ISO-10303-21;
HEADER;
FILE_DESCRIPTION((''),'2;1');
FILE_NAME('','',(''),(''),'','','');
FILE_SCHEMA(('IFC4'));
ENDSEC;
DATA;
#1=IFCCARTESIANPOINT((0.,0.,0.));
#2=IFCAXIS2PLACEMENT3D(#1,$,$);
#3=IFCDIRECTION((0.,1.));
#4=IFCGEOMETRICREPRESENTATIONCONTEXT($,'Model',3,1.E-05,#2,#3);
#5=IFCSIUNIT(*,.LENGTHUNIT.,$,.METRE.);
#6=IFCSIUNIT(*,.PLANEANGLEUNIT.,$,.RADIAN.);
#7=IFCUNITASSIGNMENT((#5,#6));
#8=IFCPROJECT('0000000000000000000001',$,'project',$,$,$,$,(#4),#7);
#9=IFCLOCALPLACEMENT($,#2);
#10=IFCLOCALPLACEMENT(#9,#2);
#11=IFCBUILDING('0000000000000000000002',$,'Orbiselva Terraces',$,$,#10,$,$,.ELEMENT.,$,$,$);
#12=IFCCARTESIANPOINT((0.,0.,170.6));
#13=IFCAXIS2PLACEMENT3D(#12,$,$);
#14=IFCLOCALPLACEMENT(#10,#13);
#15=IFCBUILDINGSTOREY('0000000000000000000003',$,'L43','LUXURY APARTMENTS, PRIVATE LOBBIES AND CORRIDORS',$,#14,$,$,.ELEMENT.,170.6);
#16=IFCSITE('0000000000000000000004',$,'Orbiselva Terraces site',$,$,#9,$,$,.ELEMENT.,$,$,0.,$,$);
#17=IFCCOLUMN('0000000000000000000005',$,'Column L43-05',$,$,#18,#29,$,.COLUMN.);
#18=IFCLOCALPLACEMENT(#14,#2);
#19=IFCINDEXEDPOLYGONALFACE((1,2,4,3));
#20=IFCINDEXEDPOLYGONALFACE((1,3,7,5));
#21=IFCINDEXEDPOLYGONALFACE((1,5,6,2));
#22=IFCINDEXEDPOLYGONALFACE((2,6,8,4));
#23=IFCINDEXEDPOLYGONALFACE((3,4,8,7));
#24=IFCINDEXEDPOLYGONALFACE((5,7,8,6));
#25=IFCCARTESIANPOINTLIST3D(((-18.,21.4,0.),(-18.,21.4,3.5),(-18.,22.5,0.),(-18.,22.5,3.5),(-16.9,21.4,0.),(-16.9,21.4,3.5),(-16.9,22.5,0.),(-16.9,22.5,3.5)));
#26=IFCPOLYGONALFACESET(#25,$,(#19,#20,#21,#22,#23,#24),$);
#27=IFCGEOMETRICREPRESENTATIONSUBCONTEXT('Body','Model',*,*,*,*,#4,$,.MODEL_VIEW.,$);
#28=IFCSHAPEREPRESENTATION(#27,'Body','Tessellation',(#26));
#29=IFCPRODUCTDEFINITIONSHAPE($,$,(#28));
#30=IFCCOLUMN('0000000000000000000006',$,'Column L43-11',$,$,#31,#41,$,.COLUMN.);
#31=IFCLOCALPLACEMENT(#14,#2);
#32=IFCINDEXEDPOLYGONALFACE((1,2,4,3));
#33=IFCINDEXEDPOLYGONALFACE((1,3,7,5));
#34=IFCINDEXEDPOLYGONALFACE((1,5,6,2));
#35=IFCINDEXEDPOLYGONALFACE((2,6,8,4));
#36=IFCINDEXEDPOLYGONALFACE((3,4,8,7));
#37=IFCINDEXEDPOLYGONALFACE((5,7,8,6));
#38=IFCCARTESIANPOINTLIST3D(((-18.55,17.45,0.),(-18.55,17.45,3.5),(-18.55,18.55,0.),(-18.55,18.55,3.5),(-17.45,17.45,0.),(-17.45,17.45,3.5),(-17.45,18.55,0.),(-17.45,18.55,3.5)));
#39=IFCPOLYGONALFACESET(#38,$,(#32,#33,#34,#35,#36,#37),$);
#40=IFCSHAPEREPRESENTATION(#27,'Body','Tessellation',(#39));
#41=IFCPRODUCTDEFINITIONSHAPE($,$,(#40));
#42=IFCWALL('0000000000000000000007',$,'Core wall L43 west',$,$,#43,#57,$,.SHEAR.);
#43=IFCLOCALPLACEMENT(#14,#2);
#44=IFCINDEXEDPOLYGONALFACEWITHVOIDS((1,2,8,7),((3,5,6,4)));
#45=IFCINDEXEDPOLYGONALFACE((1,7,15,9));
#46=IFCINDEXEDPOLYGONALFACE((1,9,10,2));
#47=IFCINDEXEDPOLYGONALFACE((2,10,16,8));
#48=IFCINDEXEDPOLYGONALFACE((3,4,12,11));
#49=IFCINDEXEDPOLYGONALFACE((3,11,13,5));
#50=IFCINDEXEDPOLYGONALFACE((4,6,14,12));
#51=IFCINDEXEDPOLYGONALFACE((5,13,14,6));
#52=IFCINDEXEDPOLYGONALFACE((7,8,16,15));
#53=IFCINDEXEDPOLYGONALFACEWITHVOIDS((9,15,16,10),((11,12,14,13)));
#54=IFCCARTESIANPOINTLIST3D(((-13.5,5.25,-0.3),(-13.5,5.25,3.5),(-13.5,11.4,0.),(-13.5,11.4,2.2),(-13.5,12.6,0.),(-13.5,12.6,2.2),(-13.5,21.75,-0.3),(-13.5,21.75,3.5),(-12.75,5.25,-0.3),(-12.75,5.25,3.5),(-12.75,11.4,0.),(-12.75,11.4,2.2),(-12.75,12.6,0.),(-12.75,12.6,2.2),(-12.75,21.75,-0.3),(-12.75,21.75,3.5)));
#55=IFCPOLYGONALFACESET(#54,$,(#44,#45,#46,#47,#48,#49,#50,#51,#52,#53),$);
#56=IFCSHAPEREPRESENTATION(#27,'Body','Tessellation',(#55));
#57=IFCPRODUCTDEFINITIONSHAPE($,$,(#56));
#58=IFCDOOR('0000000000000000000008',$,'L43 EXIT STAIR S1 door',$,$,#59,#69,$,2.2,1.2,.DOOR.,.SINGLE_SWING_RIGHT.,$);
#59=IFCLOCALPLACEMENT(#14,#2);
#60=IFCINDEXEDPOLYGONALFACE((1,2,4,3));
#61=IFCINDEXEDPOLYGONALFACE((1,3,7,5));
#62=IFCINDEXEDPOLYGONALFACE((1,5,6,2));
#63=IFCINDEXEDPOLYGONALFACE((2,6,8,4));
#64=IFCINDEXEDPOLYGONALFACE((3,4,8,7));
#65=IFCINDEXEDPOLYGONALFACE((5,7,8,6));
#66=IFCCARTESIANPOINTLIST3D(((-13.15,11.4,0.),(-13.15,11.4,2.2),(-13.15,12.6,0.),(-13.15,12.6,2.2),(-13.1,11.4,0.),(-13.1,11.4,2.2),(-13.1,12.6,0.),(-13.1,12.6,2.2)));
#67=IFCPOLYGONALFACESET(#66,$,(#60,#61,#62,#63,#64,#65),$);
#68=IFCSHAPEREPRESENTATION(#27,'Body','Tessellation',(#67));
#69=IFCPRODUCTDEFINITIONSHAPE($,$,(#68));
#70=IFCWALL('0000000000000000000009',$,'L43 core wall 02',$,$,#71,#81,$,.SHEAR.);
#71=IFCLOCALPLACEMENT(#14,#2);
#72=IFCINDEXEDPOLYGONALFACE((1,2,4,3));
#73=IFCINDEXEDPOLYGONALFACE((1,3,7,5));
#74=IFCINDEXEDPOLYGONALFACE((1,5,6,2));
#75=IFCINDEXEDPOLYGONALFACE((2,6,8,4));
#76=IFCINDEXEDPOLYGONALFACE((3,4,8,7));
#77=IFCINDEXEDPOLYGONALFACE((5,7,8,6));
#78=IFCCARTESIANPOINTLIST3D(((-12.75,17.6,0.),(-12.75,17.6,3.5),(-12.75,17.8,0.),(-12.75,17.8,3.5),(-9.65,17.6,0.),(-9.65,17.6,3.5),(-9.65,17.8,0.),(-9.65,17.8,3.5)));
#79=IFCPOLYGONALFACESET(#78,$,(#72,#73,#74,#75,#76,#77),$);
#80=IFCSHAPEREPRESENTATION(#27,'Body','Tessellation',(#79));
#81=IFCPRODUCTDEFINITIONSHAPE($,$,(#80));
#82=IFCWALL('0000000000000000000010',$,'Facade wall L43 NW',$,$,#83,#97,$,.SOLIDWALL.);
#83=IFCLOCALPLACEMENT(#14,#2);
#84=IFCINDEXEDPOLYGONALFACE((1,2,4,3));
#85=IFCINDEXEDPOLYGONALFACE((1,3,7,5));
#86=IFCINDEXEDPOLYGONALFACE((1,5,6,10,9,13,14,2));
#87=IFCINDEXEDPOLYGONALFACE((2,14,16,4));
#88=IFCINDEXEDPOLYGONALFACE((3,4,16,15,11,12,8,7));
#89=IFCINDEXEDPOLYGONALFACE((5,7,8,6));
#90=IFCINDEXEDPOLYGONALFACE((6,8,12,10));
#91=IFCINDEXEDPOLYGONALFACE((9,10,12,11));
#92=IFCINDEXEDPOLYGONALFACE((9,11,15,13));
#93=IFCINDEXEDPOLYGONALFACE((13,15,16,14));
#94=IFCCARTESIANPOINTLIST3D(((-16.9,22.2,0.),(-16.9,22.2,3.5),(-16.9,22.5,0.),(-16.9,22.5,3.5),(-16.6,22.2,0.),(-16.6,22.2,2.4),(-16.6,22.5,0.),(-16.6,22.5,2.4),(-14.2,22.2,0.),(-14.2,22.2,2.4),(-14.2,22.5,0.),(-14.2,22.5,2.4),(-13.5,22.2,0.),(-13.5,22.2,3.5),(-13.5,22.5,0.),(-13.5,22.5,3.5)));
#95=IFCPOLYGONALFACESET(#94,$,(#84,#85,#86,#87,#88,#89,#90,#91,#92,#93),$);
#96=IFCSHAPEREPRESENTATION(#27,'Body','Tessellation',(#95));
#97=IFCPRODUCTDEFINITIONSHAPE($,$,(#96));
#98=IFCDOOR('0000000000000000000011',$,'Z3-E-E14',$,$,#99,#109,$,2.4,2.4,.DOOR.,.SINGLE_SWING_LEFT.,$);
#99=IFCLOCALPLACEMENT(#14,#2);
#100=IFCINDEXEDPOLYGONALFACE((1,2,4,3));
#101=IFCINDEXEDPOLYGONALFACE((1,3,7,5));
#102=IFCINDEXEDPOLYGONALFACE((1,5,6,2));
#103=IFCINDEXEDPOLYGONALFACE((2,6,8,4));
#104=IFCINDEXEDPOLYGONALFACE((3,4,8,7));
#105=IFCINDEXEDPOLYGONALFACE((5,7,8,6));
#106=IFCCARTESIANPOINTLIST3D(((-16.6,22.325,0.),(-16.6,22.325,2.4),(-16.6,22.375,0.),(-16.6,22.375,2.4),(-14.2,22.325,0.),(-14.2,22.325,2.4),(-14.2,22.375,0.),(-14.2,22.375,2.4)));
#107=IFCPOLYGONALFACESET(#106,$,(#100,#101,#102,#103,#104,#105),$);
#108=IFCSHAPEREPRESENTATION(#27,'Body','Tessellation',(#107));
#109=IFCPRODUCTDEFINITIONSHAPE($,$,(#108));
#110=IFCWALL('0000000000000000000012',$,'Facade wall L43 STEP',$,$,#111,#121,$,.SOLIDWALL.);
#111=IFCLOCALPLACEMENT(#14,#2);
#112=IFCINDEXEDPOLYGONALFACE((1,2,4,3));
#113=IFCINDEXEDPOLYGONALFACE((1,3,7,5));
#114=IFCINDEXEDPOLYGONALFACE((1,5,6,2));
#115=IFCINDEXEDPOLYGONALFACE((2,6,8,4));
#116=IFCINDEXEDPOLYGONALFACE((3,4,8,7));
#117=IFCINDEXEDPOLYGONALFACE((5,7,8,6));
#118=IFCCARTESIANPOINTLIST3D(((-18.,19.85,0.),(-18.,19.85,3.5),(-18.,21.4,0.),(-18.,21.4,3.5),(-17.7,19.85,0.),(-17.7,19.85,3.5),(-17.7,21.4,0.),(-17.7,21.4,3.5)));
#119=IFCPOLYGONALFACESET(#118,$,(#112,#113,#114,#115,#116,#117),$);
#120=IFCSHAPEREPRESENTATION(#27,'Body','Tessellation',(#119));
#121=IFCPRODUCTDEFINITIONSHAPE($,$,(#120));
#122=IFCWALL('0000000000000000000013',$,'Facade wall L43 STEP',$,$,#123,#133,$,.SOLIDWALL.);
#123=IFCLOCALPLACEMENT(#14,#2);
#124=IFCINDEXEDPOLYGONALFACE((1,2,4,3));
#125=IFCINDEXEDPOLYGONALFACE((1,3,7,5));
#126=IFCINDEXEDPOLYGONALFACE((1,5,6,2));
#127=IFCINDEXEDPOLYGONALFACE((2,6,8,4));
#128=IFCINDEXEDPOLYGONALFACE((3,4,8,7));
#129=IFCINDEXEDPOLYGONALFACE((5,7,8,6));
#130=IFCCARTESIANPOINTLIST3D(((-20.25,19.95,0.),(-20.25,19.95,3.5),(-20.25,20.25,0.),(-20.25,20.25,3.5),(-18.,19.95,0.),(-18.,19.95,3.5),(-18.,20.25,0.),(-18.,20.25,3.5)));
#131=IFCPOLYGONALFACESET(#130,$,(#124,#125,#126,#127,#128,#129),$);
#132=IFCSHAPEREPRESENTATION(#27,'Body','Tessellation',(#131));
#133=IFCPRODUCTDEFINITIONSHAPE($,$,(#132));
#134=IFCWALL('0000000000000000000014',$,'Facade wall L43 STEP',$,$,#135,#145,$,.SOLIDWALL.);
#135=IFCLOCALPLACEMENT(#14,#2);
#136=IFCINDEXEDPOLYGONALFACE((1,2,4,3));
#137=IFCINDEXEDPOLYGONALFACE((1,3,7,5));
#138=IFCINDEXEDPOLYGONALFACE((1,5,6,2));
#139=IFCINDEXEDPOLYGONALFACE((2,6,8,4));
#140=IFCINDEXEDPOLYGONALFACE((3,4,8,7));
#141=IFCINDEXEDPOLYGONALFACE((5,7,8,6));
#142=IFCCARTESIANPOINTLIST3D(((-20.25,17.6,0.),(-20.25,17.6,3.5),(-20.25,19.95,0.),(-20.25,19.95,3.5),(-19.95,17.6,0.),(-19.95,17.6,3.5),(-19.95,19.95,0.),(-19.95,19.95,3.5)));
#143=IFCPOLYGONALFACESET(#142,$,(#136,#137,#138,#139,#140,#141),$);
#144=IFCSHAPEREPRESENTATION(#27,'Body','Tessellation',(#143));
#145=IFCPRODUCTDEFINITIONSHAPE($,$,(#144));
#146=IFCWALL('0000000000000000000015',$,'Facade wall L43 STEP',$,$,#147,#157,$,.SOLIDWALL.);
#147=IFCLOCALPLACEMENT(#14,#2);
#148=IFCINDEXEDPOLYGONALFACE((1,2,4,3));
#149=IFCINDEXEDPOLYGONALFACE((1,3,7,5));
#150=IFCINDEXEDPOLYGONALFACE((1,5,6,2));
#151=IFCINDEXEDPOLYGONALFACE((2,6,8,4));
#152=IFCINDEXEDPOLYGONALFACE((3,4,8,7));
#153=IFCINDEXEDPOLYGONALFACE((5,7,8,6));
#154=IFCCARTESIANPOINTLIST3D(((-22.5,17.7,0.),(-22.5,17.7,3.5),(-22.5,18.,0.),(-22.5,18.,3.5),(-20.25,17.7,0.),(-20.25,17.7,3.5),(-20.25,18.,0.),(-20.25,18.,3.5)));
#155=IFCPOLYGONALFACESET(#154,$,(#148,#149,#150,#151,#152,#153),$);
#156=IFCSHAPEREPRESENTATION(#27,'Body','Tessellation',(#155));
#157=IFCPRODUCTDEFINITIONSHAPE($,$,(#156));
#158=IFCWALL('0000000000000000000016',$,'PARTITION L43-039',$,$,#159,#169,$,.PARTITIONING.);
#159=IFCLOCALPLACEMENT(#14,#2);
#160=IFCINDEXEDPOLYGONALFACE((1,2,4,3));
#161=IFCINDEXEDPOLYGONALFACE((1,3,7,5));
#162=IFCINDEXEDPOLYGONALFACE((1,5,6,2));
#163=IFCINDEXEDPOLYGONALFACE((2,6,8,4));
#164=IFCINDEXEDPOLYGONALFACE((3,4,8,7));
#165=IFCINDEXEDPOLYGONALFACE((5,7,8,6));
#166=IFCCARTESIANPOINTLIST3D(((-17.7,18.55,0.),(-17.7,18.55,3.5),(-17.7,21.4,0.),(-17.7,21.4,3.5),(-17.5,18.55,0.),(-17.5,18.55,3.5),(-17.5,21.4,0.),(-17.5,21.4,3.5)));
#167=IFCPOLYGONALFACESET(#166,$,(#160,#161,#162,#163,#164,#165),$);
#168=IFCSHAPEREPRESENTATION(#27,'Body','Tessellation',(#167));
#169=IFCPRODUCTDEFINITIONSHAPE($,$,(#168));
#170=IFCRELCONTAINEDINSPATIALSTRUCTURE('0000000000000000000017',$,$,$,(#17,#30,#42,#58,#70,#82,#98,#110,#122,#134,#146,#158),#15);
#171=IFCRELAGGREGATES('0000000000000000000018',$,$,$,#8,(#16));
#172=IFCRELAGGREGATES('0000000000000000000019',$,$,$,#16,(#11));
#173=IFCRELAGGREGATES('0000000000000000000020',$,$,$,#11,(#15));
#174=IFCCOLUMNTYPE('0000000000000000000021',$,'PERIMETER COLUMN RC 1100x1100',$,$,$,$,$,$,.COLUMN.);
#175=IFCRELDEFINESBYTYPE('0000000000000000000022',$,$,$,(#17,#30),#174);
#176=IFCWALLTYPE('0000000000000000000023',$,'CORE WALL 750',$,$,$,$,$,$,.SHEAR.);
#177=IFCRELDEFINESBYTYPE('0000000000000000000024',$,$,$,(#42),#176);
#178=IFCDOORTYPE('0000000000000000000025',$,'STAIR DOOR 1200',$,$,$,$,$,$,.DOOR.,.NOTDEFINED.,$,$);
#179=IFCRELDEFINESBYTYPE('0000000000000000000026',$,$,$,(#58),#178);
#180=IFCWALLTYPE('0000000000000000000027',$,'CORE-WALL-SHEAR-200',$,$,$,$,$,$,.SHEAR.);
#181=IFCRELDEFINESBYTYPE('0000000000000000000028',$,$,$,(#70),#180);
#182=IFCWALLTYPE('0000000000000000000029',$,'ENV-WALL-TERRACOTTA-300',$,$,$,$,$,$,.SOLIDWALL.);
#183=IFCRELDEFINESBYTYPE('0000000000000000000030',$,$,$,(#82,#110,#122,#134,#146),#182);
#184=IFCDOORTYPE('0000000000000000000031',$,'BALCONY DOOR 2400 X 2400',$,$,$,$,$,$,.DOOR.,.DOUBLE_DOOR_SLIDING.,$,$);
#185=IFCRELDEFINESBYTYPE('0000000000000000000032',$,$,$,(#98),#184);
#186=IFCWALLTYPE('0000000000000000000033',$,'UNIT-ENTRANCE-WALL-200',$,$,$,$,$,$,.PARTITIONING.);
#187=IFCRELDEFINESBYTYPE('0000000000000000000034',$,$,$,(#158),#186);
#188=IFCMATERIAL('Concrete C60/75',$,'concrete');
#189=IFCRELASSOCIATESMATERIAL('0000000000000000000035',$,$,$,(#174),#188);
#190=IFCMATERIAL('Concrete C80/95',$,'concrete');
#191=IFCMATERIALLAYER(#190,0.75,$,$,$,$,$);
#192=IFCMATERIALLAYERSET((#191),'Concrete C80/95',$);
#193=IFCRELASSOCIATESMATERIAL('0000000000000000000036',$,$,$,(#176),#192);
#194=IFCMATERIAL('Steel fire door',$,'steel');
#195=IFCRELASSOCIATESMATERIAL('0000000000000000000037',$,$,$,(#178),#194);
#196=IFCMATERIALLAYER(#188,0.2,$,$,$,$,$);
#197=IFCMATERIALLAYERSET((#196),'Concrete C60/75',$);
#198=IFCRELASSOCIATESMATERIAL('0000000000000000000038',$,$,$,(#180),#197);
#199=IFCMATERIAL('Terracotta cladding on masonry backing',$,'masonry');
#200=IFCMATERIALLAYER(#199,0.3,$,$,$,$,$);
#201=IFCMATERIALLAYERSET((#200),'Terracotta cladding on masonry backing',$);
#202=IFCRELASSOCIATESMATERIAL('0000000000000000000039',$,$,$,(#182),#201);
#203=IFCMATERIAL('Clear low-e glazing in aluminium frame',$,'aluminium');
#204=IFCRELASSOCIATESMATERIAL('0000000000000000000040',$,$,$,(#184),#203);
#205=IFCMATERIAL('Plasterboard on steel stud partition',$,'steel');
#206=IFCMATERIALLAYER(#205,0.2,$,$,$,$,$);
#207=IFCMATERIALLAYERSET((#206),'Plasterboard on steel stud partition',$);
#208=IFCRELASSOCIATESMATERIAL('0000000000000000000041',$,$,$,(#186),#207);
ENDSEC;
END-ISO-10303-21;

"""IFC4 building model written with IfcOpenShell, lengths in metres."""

from ifc_helpers import new_model, si_unit, direction, frame, frame_2d, origin, origin_2d, place, context, subcontext, project, spatial, rectangle, extrude, material, layer, layer_set, material_profile, profile_set, type_object, element, fill, save


model = new_model("IFC4")

# Units and contexts
model_context = context("Model", 3, precision=1e-05, world=origin(), true_north=direction((0.0, 1.0)))
body_context = subcontext(model_context, "Body", "Model", "MODEL_VIEW")
ifc_project = project(units=[si_unit("LENGTHUNIT", "METRE"), si_unit("PLANEANGLEUNIT", "RADIAN")], contexts=[model_context])

# Site, building, storey
site_placement = place(None, origin())
site = spatial("IfcSite", under=ifc_project, at=site_placement, Name="Orbiselva Terraces site", CompositionType="ELEMENT", RefElevation=0.0)
building_placement = place(site_placement, origin())
building = spatial("IfcBuilding", under=site, at=building_placement, Name="Orbiselva Terraces", CompositionType="ELEMENT")
storey_placement = place(building_placement, frame((0.0, 0.0, 170.6)))
storey = spatial("IfcBuildingStorey", under=building, at=storey_placement, Name="L43", Description="LUXURY APARTMENTS, PRIVATE LOBBIES AND CORRIDORS", CompositionType="ELEMENT", Elevation=170.6)

# Columns
ifc_material_1 = material(Name="Concrete C60/75", Category="concrete")
ifc_material_profile = material_profile(ifc_material_1, rectangle(XDim=1.1, YDim=1.1, at=origin_2d()), Name="RC 1100x1100")
ifc_profile_set = profile_set([ifc_material_profile], Name="Concrete C60/75")
column_type = type_object("IfcColumnType", Name="PERIMETER COLUMN RC 1100x1100", PredefinedType="COLUMN", material=ifc_profile_set)
for number, where, z_axis, x_axis, name in (
    (1, (-17.45, 21.95, 0.0), (0.0, 0.0, 1.0), (1.0, 0.0, 0.0), "Column L43-05"),
    (2, (-18.0, 18.0, 0.0), (0.0, 0.0, 1.0), (1.0, 0.0, 0.0), "Column L43-11"),
):
    element("IfcColumn", number, at=place(storey_placement, frame(where, z_axis=z_axis, x_axis=x_axis)), inside=storey, type_object=column_type, Name=name, PredefinedType="COLUMN", context=body_context, shape_type="SweptSolid", body=[
        extrude(rectangle(XDim=1.1, YDim=1.1, at=origin_2d()), origin(), (0.0, 0.0, 1.0), 3.5),
    ])

# Wall, opening, door
ifc_material_2 = material(Name="Concrete C80/95", Category="concrete")
ifc_layer_1 = layer(ifc_material_2, 0.75)
ifc_layer_set_1 = layer_set([ifc_layer_1], Name="Concrete C80/95")
wall_type_1 = type_object("IfcWallType", Name="CORE WALL 750", PredefinedType="SHEAR", material=ifc_layer_set_1)
wall_1_placement = place(storey_placement, frame((-13.125, 21.75, -0.3), z_axis=(0.0, 0.0, 1.0), x_axis=(0.0, -1.0, 0.0)))
wall_1 = element("IfcWall", 3, at=wall_1_placement, inside=storey, type_object=wall_type_1, Name="Core wall L43 west", PredefinedType="SHEAR", context=body_context, shape_type="SweptSolid", body=[
    extrude(rectangle(XDim=16.5, YDim=0.75, at=frame_2d((8.25, 0.0))), origin(), (0.0, 0.0, 1.0), 3.8),
])
opening_1_placement = place(wall_1_placement, frame((9.15, 0.0, 0.3)))
opening_1 = element("IfcOpeningElement", 4, at=opening_1_placement, cuts=wall_1, PredefinedType="OPENING", context=body_context, shape_type="SweptSolid", body=[
    extrude(rectangle(XDim=1.2, YDim=2.2, at=frame_2d((0.6, 1.1))), frame((0.0, 0.385, 0.0), z_axis=(0.0, -1.0, 0.0), x_axis=(1.0, 0.0, 0.0)), (0.0, 0.0, 1.0), 0.77),
])
ifc_material_3 = material(Name="Steel fire door", Category="steel")
door_type_1 = type_object("IfcDoorType", Name="STAIR DOOR 1200", OperationType="NOTDEFINED", PredefinedType="DOOR", material=ifc_material_3)
door_1_placement = place(opening_1_placement, frame((1.2, 0.0, 0.0), z_axis=(0.0, 0.0, 1.0), x_axis=(-1.0, 0.0, 0.0)))
door_1 = element("IfcDoor", 5, at=door_1_placement, inside=storey, type_object=door_type_1, Name="L43 EXIT STAIR S1 door", OperationType="SINGLE_SWING_RIGHT", OverallHeight=2.2, OverallWidth=1.2, PredefinedType="DOOR", context=body_context, shape_type="SweptSolid", body=[
    extrude(rectangle(XDim=1.2, YDim=2.2, at=frame_2d((0.6, 1.1))), frame((0.0, 0.025, 0.0), z_axis=(0.0, -1.0, 0.0), x_axis=(1.0, 0.0, 0.0)), (0.0, 0.0, 1.0), 0.05),
])
fill(opening_1, door_1)

# Wall
ifc_layer_2 = layer(ifc_material_1, 0.2)
ifc_layer_set_2 = layer_set([ifc_layer_2], Name="Concrete C60/75")
wall_type_2 = type_object("IfcWallType", Name="CORE-WALL-SHEAR-200", PredefinedType="SHEAR", material=ifc_layer_set_2)
wall_2_placement = place(storey_placement, frame((-12.75, 17.7, 0.0), z_axis=(0.0, 0.0, 1.0), x_axis=(1.0, 0.0, 0.0)))
element("IfcWall", 6, at=wall_2_placement, inside=storey, type_object=wall_type_2, Name="L43 core wall 02", PredefinedType="SHEAR", context=body_context, shape_type="SweptSolid", body=[
    extrude(rectangle(XDim=3.1, YDim=0.2, at=frame_2d((1.55, 0.0))), origin(), (0.0, 0.0, 1.0), 3.5),
])

# Wall, opening, door
ifc_material_4 = material(Name="Terracotta cladding on masonry backing", Category="masonry")
ifc_layer_3 = layer(ifc_material_4, 0.3)
ifc_layer_set_3 = layer_set([ifc_layer_3], Name="Terracotta cladding on masonry backing")
wall_type_3 = type_object("IfcWallType", Name="ENV-WALL-TERRACOTTA-300", PredefinedType="SOLIDWALL", material=ifc_layer_set_3)
wall_3_placement = place(storey_placement, frame((-16.9, 22.35, 0.0), z_axis=(0.0, 0.0, 1.0), x_axis=(1.0, 0.0, 0.0)))
wall_3 = element("IfcWall", 7, at=wall_3_placement, inside=storey, type_object=wall_type_3, Name="Facade wall L43 NW", PredefinedType="SOLIDWALL", context=body_context, shape_type="SweptSolid", body=[
    extrude(rectangle(XDim=3.4, YDim=0.3, at=frame_2d((1.7, 0.0))), origin(), (0.0, 0.0, 1.0), 3.5),
])
opening_2_placement = place(wall_3_placement, frame((0.3, 0.0, 0.0)))
opening_2 = element("IfcOpeningElement", 8, at=opening_2_placement, cuts=wall_3, PredefinedType="OPENING", context=body_context, shape_type="SweptSolid", body=[
    extrude(rectangle(XDim=2.4, YDim=2.4, at=frame_2d((1.2, 1.2))), frame((0.0, 0.16, 0.0), z_axis=(0.0, -1.0, 0.0), x_axis=(1.0, 0.0, 0.0)), (0.0, 0.0, 1.0), 0.32),
])
ifc_material_5 = material(Name="Clear low-e glazing in aluminium frame", Category="aluminium")
door_type_2 = type_object("IfcDoorType", Name="BALCONY DOOR 2400 X 2400", OperationType="DOUBLE_DOOR_SLIDING", PredefinedType="DOOR", material=ifc_material_5)
door_2_placement = place(opening_2_placement, origin())
door_2 = element("IfcDoor", 9, at=door_2_placement, inside=storey, type_object=door_type_2, Name="Z3-E-E14", OperationType="SINGLE_SWING_LEFT", OverallHeight=2.4, OverallWidth=2.4, PredefinedType="DOOR", context=body_context, shape_type="SweptSolid", body=[
    extrude(rectangle(XDim=2.4, YDim=2.4, at=frame_2d((1.2, 1.2))), frame((0.0, 0.025, 0.0), z_axis=(0.0, -1.0, 0.0), x_axis=(1.0, 0.0, 0.0)), (0.0, 0.0, 1.0), 0.05),
])
fill(opening_2, door_2)

# Walls
wall_4_placement = place(storey_placement, frame((-17.85, 19.85, 0.0), z_axis=(0.0, 0.0, 1.0), x_axis=(0.0, 1.0, 0.0)))
element("IfcWall", 10, at=wall_4_placement, inside=storey, type_object=wall_type_3, Name="Facade wall L43 STEP", PredefinedType="SOLIDWALL", context=body_context, shape_type="SweptSolid", body=[
    extrude(rectangle(XDim=1.55, YDim=0.3, at=frame_2d((0.775, 0.0))), origin(), (0.0, 0.0, 1.0), 3.5),
])
wall_5_placement = place(storey_placement, frame((-20.25, 20.1, 0.0), z_axis=(0.0, 0.0, 1.0), x_axis=(1.0, 0.0, 0.0)))
element("IfcWall", 11, at=wall_5_placement, inside=storey, type_object=wall_type_3, Name="Facade wall L43 STEP", PredefinedType="SOLIDWALL", context=body_context, shape_type="SweptSolid", body=[
    extrude(rectangle(XDim=2.25, YDim=0.3, at=frame_2d((1.125, 0.0))), origin(), (0.0, 0.0, 1.0), 3.5),
])
wall_6_placement = place(storey_placement, frame((-20.1, 17.6, 0.0), z_axis=(0.0, 0.0, 1.0), x_axis=(0.0, 1.0, 0.0)))
element("IfcWall", 12, at=wall_6_placement, inside=storey, type_object=wall_type_3, Name="Facade wall L43 STEP", PredefinedType="SOLIDWALL", context=body_context, shape_type="SweptSolid", body=[
    extrude(rectangle(XDim=2.35, YDim=0.3, at=frame_2d((1.175, 0.0))), origin(), (0.0, 0.0, 1.0), 3.5),
])
wall_7_placement = place(storey_placement, frame((-22.5, 17.85, 0.0), z_axis=(0.0, 0.0, 1.0), x_axis=(1.0, 0.0, 0.0)))
element("IfcWall", 13, at=wall_7_placement, inside=storey, type_object=wall_type_3, Name="Facade wall L43 STEP", PredefinedType="SOLIDWALL", context=body_context, shape_type="SweptSolid", body=[
    extrude(rectangle(XDim=2.25, YDim=0.3, at=frame_2d((1.125, 0.0))), origin(), (0.0, 0.0, 1.0), 3.5),
])
ifc_material_6 = material(Name="Plasterboard on steel stud partition", Category="steel")
ifc_layer_4 = layer(ifc_material_6, 0.2)
ifc_layer_set_4 = layer_set([ifc_layer_4], Name="Plasterboard on steel stud partition")
wall_type_4 = type_object("IfcWallType", Name="UNIT-ENTRANCE-WALL-200", PredefinedType="PARTITIONING", material=ifc_layer_set_4)
wall_8_placement = place(storey_placement, frame((-17.6, 18.55, 0.0), z_axis=(0.0, 0.0, 1.0), x_axis=(0.0, 1.0, 0.0)))
element("IfcWall", 14, at=wall_8_placement, inside=storey, type_object=wall_type_4, Name="PARTITION L43-039", PredefinedType="PARTITIONING", context=body_context, shape_type="SweptSolid", body=[
    extrude(rectangle(XDim=2.85, YDim=0.2, at=frame_2d((1.425, 0.0))), origin(), (0.0, 0.0, 1.0), 3.5),
])

save(model, "model.ifc")
